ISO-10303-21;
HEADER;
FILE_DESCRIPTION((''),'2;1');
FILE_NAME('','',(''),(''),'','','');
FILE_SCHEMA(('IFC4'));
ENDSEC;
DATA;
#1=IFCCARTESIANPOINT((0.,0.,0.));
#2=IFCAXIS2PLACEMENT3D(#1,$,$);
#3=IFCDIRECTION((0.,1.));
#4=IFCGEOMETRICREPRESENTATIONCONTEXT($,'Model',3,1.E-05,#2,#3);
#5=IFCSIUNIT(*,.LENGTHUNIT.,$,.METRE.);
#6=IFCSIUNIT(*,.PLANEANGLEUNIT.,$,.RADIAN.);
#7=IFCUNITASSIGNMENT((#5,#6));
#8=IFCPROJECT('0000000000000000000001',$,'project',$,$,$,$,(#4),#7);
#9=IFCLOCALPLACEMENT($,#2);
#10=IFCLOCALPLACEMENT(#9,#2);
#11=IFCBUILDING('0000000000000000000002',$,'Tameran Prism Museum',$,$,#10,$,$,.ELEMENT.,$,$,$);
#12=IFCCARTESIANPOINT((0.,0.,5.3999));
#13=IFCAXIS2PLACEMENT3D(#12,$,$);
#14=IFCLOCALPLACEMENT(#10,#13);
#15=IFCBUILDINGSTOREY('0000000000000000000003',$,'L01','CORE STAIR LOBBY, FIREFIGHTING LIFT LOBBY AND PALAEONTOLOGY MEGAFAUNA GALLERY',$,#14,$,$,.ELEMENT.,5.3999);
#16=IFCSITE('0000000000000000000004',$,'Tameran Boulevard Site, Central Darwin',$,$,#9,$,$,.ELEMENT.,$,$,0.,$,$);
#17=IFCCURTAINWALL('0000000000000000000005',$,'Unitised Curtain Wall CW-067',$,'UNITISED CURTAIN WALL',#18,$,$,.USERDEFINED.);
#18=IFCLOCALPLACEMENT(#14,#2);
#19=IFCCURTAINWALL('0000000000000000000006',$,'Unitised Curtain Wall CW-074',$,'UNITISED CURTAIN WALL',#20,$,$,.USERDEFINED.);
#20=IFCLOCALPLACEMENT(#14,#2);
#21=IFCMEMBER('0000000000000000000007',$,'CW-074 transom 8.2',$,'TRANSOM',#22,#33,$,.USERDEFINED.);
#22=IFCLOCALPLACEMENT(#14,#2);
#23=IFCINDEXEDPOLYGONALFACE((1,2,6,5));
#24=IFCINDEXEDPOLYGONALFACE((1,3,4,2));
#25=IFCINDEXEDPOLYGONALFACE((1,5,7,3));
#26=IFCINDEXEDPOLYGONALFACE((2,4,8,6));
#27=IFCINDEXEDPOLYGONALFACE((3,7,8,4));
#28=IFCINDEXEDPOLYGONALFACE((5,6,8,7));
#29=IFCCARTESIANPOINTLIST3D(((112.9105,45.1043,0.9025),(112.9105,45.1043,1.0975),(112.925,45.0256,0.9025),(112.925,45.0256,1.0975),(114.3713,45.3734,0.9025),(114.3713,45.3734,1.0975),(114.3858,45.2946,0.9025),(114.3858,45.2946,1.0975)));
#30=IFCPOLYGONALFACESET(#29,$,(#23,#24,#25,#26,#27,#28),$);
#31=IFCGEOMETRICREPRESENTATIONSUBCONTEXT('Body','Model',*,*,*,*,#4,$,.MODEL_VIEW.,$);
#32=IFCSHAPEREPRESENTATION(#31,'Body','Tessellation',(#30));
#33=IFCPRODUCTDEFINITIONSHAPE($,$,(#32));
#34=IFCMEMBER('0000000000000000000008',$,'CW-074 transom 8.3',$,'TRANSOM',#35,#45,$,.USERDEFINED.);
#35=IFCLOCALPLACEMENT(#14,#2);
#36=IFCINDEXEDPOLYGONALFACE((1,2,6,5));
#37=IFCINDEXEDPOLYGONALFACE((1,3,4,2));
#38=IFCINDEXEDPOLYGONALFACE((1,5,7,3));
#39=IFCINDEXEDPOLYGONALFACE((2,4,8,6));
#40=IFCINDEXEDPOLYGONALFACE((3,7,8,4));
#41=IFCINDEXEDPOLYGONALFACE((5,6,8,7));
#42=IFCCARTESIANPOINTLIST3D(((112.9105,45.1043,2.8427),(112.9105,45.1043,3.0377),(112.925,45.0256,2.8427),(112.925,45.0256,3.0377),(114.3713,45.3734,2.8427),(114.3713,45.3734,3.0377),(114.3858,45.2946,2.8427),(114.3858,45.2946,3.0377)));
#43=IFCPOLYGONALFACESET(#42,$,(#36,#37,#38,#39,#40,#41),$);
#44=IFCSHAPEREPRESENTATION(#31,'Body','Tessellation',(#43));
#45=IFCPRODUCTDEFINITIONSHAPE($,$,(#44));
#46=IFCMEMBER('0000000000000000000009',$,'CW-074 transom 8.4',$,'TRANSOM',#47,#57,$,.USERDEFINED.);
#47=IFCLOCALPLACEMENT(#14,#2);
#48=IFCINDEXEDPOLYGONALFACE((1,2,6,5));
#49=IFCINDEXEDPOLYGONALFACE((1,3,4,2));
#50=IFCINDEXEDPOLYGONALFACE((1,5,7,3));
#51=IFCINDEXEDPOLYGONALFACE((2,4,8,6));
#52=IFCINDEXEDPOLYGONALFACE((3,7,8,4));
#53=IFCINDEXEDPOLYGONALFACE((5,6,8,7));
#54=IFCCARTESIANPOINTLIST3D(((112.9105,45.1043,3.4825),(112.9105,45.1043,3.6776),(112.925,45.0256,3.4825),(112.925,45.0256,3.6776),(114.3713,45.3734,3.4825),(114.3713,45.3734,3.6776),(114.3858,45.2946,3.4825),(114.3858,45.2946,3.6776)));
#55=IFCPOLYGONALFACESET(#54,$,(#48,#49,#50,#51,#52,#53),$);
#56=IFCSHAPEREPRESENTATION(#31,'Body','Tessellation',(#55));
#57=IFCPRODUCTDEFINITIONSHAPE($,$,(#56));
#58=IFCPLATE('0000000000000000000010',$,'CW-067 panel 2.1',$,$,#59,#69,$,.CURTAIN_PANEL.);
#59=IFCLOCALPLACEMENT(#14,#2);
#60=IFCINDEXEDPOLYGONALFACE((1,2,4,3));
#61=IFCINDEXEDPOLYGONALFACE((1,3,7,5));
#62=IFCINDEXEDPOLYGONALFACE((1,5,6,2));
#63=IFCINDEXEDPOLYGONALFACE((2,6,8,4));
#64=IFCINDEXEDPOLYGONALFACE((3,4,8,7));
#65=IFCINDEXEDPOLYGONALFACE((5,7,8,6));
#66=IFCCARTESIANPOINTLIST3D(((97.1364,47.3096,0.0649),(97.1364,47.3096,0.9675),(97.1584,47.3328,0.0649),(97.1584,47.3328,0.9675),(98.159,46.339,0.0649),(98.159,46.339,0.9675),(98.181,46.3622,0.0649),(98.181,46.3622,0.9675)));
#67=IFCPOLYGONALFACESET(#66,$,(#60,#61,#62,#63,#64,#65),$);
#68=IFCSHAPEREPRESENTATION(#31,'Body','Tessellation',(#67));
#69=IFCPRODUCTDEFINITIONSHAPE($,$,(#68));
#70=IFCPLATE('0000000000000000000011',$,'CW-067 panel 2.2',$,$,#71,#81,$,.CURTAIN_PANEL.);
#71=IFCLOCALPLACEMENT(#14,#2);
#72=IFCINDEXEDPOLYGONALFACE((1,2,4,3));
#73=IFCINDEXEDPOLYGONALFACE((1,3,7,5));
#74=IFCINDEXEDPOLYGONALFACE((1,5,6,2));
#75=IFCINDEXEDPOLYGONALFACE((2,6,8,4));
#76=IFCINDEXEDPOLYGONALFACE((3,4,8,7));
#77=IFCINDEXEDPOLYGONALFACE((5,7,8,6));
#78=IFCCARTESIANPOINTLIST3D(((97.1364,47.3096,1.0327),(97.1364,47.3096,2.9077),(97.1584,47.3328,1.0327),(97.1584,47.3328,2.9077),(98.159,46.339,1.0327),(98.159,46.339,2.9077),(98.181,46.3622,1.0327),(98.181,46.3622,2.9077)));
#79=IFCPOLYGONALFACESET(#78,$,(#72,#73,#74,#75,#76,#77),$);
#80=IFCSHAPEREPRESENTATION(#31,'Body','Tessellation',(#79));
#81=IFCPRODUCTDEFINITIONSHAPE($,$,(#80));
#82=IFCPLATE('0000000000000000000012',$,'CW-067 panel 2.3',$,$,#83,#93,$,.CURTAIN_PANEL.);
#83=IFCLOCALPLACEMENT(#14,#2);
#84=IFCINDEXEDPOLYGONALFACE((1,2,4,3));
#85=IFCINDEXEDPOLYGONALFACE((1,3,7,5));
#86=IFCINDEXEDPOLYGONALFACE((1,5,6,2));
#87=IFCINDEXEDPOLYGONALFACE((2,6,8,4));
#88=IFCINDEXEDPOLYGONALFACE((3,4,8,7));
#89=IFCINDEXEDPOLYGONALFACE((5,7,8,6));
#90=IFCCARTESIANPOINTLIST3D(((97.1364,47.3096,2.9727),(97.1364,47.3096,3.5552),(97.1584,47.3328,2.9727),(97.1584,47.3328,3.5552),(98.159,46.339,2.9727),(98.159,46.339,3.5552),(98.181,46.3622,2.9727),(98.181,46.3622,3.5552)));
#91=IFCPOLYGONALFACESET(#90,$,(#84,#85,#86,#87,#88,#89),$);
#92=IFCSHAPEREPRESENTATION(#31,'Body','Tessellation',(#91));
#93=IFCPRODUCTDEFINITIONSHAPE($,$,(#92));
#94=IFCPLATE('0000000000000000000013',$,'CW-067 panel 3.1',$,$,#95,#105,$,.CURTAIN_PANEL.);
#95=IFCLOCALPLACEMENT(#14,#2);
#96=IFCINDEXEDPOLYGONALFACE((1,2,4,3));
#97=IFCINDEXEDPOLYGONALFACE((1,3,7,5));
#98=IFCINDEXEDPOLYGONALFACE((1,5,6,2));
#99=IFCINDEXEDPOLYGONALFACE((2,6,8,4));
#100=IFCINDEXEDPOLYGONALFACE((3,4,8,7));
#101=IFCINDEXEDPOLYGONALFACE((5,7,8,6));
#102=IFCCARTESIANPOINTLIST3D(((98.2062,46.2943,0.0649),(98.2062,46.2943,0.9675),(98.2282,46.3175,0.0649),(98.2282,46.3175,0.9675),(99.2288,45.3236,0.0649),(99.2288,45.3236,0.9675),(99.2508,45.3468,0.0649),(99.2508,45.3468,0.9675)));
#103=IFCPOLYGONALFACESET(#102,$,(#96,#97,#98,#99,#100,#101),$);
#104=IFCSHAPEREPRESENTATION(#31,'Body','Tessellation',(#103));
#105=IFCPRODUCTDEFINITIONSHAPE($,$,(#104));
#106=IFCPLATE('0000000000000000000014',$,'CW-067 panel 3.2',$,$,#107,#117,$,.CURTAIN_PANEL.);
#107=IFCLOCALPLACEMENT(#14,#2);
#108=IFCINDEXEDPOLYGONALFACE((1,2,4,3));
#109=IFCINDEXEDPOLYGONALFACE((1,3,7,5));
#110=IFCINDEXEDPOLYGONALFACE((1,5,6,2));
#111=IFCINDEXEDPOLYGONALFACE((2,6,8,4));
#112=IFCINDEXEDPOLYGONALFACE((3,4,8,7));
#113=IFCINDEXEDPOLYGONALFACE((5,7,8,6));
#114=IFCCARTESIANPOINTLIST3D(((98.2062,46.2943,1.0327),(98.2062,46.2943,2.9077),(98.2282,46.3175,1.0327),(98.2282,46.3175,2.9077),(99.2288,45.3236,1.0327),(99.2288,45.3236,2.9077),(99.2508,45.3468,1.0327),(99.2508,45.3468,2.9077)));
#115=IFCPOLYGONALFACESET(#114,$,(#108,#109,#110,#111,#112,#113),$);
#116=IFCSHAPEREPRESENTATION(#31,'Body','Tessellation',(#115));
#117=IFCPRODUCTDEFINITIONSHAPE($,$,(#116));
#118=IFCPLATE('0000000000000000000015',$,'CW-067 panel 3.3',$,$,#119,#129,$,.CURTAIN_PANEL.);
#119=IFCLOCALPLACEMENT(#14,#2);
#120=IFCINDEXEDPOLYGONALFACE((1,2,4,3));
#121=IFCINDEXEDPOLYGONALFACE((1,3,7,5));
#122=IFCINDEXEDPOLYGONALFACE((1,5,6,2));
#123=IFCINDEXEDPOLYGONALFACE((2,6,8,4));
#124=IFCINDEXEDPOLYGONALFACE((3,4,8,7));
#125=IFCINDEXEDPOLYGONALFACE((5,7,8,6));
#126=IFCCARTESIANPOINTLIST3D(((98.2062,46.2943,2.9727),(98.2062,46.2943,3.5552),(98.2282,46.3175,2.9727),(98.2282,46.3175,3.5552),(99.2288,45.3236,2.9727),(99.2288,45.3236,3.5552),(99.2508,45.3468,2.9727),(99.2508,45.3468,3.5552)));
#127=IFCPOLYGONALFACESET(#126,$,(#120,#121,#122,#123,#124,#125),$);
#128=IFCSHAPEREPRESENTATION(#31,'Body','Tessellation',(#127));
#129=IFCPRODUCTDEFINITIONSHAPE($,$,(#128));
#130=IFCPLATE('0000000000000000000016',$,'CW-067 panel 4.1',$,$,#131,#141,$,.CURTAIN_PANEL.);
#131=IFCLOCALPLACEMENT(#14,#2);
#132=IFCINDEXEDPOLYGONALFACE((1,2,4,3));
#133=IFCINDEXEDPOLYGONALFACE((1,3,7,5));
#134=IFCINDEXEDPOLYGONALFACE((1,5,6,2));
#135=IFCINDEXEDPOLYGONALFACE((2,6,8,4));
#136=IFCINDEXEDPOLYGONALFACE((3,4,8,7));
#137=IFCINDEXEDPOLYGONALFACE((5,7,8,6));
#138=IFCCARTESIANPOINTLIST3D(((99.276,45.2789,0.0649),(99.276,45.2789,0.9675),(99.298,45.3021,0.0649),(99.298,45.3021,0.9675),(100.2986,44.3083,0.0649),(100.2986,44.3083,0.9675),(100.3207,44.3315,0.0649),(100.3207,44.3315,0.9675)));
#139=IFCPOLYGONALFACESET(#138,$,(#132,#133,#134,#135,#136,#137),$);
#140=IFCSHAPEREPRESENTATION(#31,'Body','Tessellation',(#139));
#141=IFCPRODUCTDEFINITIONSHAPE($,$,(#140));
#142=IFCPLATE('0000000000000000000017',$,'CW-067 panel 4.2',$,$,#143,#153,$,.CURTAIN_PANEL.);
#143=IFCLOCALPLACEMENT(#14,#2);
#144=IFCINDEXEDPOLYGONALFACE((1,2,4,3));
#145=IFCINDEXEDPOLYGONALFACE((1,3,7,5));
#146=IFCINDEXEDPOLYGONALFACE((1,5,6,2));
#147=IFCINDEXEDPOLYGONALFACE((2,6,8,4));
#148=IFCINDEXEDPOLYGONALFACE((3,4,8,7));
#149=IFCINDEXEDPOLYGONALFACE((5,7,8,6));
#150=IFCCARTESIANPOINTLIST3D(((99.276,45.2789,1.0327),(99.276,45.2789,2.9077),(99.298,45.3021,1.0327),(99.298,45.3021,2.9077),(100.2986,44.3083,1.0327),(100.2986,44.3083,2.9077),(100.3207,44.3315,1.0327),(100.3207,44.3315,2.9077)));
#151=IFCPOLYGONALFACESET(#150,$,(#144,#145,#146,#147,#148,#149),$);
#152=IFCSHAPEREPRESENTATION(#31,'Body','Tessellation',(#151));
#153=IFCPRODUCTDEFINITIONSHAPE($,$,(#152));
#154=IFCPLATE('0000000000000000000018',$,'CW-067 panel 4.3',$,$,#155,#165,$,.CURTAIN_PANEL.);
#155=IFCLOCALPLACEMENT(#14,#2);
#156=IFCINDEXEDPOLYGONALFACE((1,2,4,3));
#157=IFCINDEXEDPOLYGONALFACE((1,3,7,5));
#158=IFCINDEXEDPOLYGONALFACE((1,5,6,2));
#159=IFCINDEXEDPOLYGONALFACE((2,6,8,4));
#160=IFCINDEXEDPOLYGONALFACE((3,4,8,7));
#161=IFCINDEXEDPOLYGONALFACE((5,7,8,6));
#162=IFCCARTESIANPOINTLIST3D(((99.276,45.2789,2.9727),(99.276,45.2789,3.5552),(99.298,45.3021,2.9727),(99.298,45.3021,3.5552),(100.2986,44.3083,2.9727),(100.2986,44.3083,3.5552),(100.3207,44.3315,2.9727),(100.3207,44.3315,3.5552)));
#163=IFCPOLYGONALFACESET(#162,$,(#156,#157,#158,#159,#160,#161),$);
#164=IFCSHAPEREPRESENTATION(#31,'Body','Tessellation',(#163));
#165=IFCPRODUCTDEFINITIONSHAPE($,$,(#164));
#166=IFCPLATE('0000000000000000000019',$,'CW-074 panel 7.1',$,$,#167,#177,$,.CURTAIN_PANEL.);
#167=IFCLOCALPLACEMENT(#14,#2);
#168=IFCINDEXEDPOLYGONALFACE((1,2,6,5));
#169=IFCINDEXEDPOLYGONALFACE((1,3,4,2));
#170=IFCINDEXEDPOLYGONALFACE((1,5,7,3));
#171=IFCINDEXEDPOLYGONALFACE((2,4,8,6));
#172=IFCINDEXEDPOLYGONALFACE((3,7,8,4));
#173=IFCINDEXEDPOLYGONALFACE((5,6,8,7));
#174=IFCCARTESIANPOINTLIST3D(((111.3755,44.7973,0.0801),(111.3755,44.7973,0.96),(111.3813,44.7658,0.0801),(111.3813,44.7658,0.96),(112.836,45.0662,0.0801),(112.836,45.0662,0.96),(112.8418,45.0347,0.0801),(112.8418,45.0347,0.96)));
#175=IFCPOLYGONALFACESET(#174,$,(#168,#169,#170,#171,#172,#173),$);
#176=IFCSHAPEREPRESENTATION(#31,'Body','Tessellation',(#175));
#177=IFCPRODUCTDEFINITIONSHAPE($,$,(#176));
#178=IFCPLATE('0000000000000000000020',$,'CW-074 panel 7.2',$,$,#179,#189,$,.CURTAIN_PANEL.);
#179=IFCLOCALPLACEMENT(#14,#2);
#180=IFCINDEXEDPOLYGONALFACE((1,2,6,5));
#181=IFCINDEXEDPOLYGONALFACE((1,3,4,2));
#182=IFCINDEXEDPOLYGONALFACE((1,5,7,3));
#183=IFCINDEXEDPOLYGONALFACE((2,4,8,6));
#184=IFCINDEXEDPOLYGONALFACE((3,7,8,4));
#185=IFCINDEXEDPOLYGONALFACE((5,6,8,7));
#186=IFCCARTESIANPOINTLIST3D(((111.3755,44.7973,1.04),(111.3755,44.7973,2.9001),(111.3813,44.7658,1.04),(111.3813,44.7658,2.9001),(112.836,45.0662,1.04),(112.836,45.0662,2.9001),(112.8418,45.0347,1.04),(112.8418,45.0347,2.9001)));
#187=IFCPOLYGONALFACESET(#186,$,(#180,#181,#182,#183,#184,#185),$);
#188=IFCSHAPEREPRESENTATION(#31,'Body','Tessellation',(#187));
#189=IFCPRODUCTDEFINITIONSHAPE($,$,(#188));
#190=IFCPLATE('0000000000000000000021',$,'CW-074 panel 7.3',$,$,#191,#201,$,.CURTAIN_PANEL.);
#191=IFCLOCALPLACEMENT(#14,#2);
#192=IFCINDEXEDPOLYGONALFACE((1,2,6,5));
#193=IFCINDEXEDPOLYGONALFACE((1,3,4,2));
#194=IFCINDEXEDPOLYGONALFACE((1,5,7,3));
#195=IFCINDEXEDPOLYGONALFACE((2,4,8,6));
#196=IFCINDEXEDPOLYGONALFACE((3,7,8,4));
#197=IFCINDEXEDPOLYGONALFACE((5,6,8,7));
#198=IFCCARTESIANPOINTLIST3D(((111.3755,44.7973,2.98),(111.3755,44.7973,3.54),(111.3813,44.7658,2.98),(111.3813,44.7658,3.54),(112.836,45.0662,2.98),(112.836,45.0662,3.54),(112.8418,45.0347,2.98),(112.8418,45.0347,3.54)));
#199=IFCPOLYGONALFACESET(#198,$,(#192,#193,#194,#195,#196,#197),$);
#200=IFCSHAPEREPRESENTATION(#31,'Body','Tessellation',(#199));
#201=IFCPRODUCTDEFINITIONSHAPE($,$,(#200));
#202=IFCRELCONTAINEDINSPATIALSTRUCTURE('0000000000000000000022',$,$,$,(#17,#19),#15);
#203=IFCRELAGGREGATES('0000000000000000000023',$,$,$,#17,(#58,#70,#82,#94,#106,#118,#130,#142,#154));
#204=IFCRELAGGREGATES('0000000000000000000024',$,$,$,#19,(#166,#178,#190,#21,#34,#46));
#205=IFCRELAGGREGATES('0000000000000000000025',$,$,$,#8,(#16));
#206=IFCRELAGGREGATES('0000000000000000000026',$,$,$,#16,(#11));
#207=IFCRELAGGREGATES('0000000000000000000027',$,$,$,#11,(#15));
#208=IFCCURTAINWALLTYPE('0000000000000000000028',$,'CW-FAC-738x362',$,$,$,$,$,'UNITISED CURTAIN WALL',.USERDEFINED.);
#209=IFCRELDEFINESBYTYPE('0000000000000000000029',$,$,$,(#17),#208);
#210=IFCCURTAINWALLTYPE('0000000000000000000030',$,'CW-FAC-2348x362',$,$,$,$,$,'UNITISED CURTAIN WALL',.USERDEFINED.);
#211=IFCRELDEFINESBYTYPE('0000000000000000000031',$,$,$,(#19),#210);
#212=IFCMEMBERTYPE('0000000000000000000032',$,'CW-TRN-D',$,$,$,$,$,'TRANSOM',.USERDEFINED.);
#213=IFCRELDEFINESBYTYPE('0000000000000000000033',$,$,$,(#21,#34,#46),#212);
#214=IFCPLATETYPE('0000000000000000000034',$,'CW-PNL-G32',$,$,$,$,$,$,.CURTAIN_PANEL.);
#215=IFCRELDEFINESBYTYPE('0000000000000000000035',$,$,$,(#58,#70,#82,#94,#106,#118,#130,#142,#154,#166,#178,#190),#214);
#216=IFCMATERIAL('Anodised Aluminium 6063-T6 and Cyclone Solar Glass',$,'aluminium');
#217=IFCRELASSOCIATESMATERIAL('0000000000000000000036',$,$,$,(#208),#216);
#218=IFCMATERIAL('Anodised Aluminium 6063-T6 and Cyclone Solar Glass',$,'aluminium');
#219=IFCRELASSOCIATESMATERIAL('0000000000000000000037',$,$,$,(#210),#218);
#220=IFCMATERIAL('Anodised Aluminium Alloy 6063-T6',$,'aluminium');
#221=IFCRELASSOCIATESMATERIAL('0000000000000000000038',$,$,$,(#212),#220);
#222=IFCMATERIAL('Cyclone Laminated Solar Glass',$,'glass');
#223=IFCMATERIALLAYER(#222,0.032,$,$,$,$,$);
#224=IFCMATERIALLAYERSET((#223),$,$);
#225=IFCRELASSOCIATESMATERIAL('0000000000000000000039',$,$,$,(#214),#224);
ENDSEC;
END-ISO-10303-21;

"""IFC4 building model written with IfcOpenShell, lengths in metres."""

from ifc_helpers import new_model, si_unit, direction, frame, origin, origin_2d, place, context, subcontext, project, spatial, rectangle, extrude, material, layer, layer_set, material_profile, profile_set, type_object, element, aggregate, save


model = new_model("IFC4")

# Units and contexts
model_context = context("Model", 3, precision=1e-05, world=origin(), true_north=direction((0.0, 1.0)))
body_context = subcontext(model_context, "Body", "Model", "MODEL_VIEW")
ifc_project = project(units=[si_unit("LENGTHUNIT", "METRE"), si_unit("PLANEANGLEUNIT", "RADIAN")], contexts=[model_context])

# Site, building, storey
site_placement = place(None, origin())
site = spatial("IfcSite", under=ifc_project, at=site_placement, Name="Tameran Boulevard Site, Central Darwin", CompositionType="ELEMENT", RefElevation=0.0)
building_placement = place(site_placement, origin())
building = spatial("IfcBuilding", under=site, at=building_placement, Name="Tameran Prism Museum", CompositionType="ELEMENT")
storey_placement = place(building_placement, frame((0.0, 0.0, 5.3999)))
storey = spatial("IfcBuildingStorey", under=building, at=storey_placement, Name="L01", Description="CORE STAIR LOBBY, FIREFIGHTING LIFT LOBBY AND PALAEONTOLOGY MEGAFAUNA GALLERY", CompositionType="ELEMENT", Elevation=5.3999)

# Curtain wall
ifc_material_1 = material(Name="Anodised Aluminium 6063-T6 and Cyclone Solar Glass", Category="aluminium")
curtain_wall_type_1 = type_object("IfcCurtainWallType", Name="CW-FAC-738x362", ElementType="UNITISED CURTAIN WALL", PredefinedType="USERDEFINED", material=ifc_material_1)
curtain_wall_1_placement = place(storey_placement, origin())
curtain_wall_1 = element("IfcCurtainWall", 1, at=curtain_wall_1_placement, inside=storey, type_object=curtain_wall_type_1, Name="Unitised Curtain Wall CW-067", ObjectType="UNITISED CURTAIN WALL", PredefinedType="USERDEFINED")

# Curtain wall
ifc_material_2 = material(Name="Anodised Aluminium 6063-T6 and Cyclone Solar Glass", Category="aluminium")
curtain_wall_type_2 = type_object("IfcCurtainWallType", Name="CW-FAC-2348x362", ElementType="UNITISED CURTAIN WALL", PredefinedType="USERDEFINED", material=ifc_material_2)
curtain_wall_2_placement = place(storey_placement, origin())
curtain_wall_2 = element("IfcCurtainWall", 2, at=curtain_wall_2_placement, inside=storey, type_object=curtain_wall_type_2, Name="Unitised Curtain Wall CW-074", ObjectType="UNITISED CURTAIN WALL", PredefinedType="USERDEFINED")

# Members
ifc_material_3 = material(Name="Anodised Aluminium Alloy 6063-T6", Category="aluminium")
ifc_material_profile_1 = material_profile(ifc_material_3, rectangle(XDim=0.0801, YDim=0.1951, at=origin_2d()))
ifc_profile_set_1 = profile_set([ifc_material_profile_1])
member_type_1 = type_object("IfcMemberType", Name="CW-TRN-D", ElementType="TRANSOM", PredefinedType="USERDEFINED", material=ifc_profile_set_1)
member_1_placement = place(storey_placement, frame((112.9177, 45.0649, 1.0), z_axis=(0.983457, 0.181142, 0.0), x_axis=(-0.181142, 0.983457, 0.0)))
member_1 = element("IfcMember", 3, at=member_1_placement, type_object=member_type_1, Name="CW-074 transom 8.2", ObjectType="TRANSOM", PredefinedType="USERDEFINED", context=body_context, shape_type="SweptSolid", body=[
    extrude(rectangle(XDim=0.0801, YDim=0.1951, at=origin_2d()), origin(), (0.0, 0.0, 1.0), 1.4854),
])
member_2_placement = place(storey_placement, frame((112.9177, 45.0649, 2.9402), z_axis=(0.983457, 0.181142, 0.0), x_axis=(-0.181142, 0.983457, 0.0)))
member_2 = element("IfcMember", 4, at=member_2_placement, type_object=member_type_1, Name="CW-074 transom 8.3", ObjectType="TRANSOM", PredefinedType="USERDEFINED", context=body_context, shape_type="SweptSolid", body=[
    extrude(rectangle(XDim=0.0801, YDim=0.1951, at=origin_2d()), origin(), (0.0, 0.0, 1.0), 1.4854),
])
member_3_placement = place(storey_placement, frame((112.9177, 45.0649, 3.5801), z_axis=(0.983457, 0.181142, 0.0), x_axis=(-0.181142, 0.983457, 0.0)))
member_3 = element("IfcMember", 5, at=member_3_placement, type_object=member_type_1, Name="CW-074 transom 8.4", ObjectType="TRANSOM", PredefinedType="USERDEFINED", context=body_context, shape_type="SweptSolid", body=[
    extrude(rectangle(XDim=0.0801, YDim=0.1951, at=origin_2d()), origin(), (0.0, 0.0, 1.0), 1.4854),
])

# Plates
ifc_material_4 = material(Name="Cyclone Laminated Solar Glass", Category="glass")
ifc_layer_1 = layer(ifc_material_4, 0.032)
ifc_layer_set_1 = layer_set([ifc_layer_1])
plate_type = type_object("IfcPlateType", Name="CW-PNL-G32", PredefinedType="CURTAIN_PANEL", material=ifc_layer_set_1)
plate_1_placement = place(storey_placement, frame((97.6587, 46.8359, 0.0649), z_axis=(0.0, 0.0, 1.0), x_axis=(0.725307, -0.688425, 0.0)))
plate_1 = element("IfcPlate", 6, at=plate_1_placement, type_object=plate_type, Name="CW-067 panel 2.1", PredefinedType="CURTAIN_PANEL", context=body_context, shape_type="SweptSolid", body=[
    extrude(rectangle(XDim=1.4099, YDim=0.032, at=origin_2d()), origin(), (0.0, 0.0, 1.0), 0.9026),
])
plate_2_placement = place(storey_placement, frame((97.6587, 46.8359, 1.0327), z_axis=(0.0, 0.0, 1.0), x_axis=(0.725307, -0.688425, 0.0)))
plate_2 = element("IfcPlate", 7, at=plate_2_placement, type_object=plate_type, Name="CW-067 panel 2.2", PredefinedType="CURTAIN_PANEL", context=body_context, shape_type="SweptSolid", body=[
    extrude(rectangle(XDim=1.4099, YDim=0.032, at=origin_2d()), origin(), (0.0, 0.0, 1.0), 1.875),
])
plate_3_placement = place(storey_placement, frame((97.6587, 46.8359, 2.9727), z_axis=(0.0, 0.0, 1.0), x_axis=(0.725307, -0.688425, 0.0)))
plate_3 = element("IfcPlate", 8, at=plate_3_placement, type_object=plate_type, Name="CW-067 panel 2.3", PredefinedType="CURTAIN_PANEL", context=body_context, shape_type="SweptSolid", body=[
    extrude(rectangle(XDim=1.4099, YDim=0.032, at=origin_2d()), origin(), (0.0, 0.0, 1.0), 0.5825),
])
plate_4_placement = place(storey_placement, frame((98.7285, 45.8206, 0.0649), z_axis=(0.0, 0.0, 1.0), x_axis=(0.725307, -0.688425, 0.0)))
plate_4 = element("IfcPlate", 9, at=plate_4_placement, type_object=plate_type, Name="CW-067 panel 3.1", PredefinedType="CURTAIN_PANEL", context=body_context, shape_type="SweptSolid", body=[
    extrude(rectangle(XDim=1.4099, YDim=0.032, at=origin_2d()), origin(), (0.0, 0.0, 1.0), 0.9026),
])
plate_5_placement = place(storey_placement, frame((98.7285, 45.8206, 1.0327), z_axis=(0.0, 0.0, 1.0), x_axis=(0.725307, -0.688425, 0.0)))
plate_5 = element("IfcPlate", 10, at=plate_5_placement, type_object=plate_type, Name="CW-067 panel 3.2", PredefinedType="CURTAIN_PANEL", context=body_context, shape_type="SweptSolid", body=[
    extrude(rectangle(XDim=1.4099, YDim=0.032, at=origin_2d()), origin(), (0.0, 0.0, 1.0), 1.875),
])
plate_6_placement = place(storey_placement, frame((98.7285, 45.8206, 2.9727), z_axis=(0.0, 0.0, 1.0), x_axis=(0.725307, -0.688425, 0.0)))
plate_6 = element("IfcPlate", 11, at=plate_6_placement, type_object=plate_type, Name="CW-067 panel 3.3", PredefinedType="CURTAIN_PANEL", context=body_context, shape_type="SweptSolid", body=[
    extrude(rectangle(XDim=1.4099, YDim=0.032, at=origin_2d()), origin(), (0.0, 0.0, 1.0), 0.5825),
])
plate_7_placement = place(storey_placement, frame((99.7983, 44.8052, 0.0649), z_axis=(0.0, 0.0, 1.0), x_axis=(0.725307, -0.688425, 0.0)))
plate_7 = element("IfcPlate", 12, at=plate_7_placement, type_object=plate_type, Name="CW-067 panel 4.1", PredefinedType="CURTAIN_PANEL", context=body_context, shape_type="SweptSolid", body=[
    extrude(rectangle(XDim=1.4099, YDim=0.032, at=origin_2d()), origin(), (0.0, 0.0, 1.0), 0.9026),
])
plate_8_placement = place(storey_placement, frame((99.7983, 44.8052, 1.0327), z_axis=(0.0, 0.0, 1.0), x_axis=(0.725307, -0.688425, 0.0)))
plate_8 = element("IfcPlate", 13, at=plate_8_placement, type_object=plate_type, Name="CW-067 panel 4.2", PredefinedType="CURTAIN_PANEL", context=body_context, shape_type="SweptSolid", body=[
    extrude(rectangle(XDim=1.4099, YDim=0.032, at=origin_2d()), origin(), (0.0, 0.0, 1.0), 1.875),
])
plate_9_placement = place(storey_placement, frame((99.7983, 44.8052, 2.9727), z_axis=(0.0, 0.0, 1.0), x_axis=(0.725307, -0.688425, 0.0)))
plate_9 = element("IfcPlate", 14, at=plate_9_placement, type_object=plate_type, Name="CW-067 panel 4.3", PredefinedType="CURTAIN_PANEL", context=body_context, shape_type="SweptSolid", body=[
    extrude(rectangle(XDim=1.4099, YDim=0.032, at=origin_2d()), origin(), (0.0, 0.0, 1.0), 0.5825),
])
aggregate(curtain_wall_1, [plate_1, plate_2, plate_3, plate_4, plate_5, plate_6, plate_7, plate_8, plate_9])
plate_10_placement = place(storey_placement, frame((112.1086, 44.916, 0.0801), z_axis=(0.0, 0.0, 1.0), x_axis=(0.983472, 0.181063, 0.0)))
plate_10 = element("IfcPlate", 15, at=plate_10_placement, type_object=plate_type, Name="CW-074 panel 7.1", PredefinedType="CURTAIN_PANEL", context=body_context, shape_type="SweptSolid", body=[
    extrude(rectangle(XDim=1.4851, YDim=0.032, at=origin_2d()), origin(), (0.0, 0.0, 1.0), 0.8799),
])
plate_11_placement = place(storey_placement, frame((112.1086, 44.916, 1.04), z_axis=(0.0, 0.0, 1.0), x_axis=(0.983472, 0.181063, 0.0)))
plate_11 = element("IfcPlate", 16, at=plate_11_placement, type_object=plate_type, Name="CW-074 panel 7.2", PredefinedType="CURTAIN_PANEL", context=body_context, shape_type="SweptSolid", body=[
    extrude(rectangle(XDim=1.4851, YDim=0.032, at=origin_2d()), origin(), (0.0, 0.0, 1.0), 1.8601),
])
plate_12_placement = place(storey_placement, frame((112.1086, 44.916, 2.98), z_axis=(0.0, 0.0, 1.0), x_axis=(0.983472, 0.181063, 0.0)))
plate_12 = element("IfcPlate", 17, at=plate_12_placement, type_object=plate_type, Name="CW-074 panel 7.3", PredefinedType="CURTAIN_PANEL", context=body_context, shape_type="SweptSolid", body=[
    extrude(rectangle(XDim=1.4851, YDim=0.032, at=origin_2d()), origin(), (0.0, 0.0, 1.0), 0.5601),
])
aggregate(curtain_wall_2, [plate_10, plate_11, plate_12, member_1, member_2, member_3])

save(model, "model.ifc")
